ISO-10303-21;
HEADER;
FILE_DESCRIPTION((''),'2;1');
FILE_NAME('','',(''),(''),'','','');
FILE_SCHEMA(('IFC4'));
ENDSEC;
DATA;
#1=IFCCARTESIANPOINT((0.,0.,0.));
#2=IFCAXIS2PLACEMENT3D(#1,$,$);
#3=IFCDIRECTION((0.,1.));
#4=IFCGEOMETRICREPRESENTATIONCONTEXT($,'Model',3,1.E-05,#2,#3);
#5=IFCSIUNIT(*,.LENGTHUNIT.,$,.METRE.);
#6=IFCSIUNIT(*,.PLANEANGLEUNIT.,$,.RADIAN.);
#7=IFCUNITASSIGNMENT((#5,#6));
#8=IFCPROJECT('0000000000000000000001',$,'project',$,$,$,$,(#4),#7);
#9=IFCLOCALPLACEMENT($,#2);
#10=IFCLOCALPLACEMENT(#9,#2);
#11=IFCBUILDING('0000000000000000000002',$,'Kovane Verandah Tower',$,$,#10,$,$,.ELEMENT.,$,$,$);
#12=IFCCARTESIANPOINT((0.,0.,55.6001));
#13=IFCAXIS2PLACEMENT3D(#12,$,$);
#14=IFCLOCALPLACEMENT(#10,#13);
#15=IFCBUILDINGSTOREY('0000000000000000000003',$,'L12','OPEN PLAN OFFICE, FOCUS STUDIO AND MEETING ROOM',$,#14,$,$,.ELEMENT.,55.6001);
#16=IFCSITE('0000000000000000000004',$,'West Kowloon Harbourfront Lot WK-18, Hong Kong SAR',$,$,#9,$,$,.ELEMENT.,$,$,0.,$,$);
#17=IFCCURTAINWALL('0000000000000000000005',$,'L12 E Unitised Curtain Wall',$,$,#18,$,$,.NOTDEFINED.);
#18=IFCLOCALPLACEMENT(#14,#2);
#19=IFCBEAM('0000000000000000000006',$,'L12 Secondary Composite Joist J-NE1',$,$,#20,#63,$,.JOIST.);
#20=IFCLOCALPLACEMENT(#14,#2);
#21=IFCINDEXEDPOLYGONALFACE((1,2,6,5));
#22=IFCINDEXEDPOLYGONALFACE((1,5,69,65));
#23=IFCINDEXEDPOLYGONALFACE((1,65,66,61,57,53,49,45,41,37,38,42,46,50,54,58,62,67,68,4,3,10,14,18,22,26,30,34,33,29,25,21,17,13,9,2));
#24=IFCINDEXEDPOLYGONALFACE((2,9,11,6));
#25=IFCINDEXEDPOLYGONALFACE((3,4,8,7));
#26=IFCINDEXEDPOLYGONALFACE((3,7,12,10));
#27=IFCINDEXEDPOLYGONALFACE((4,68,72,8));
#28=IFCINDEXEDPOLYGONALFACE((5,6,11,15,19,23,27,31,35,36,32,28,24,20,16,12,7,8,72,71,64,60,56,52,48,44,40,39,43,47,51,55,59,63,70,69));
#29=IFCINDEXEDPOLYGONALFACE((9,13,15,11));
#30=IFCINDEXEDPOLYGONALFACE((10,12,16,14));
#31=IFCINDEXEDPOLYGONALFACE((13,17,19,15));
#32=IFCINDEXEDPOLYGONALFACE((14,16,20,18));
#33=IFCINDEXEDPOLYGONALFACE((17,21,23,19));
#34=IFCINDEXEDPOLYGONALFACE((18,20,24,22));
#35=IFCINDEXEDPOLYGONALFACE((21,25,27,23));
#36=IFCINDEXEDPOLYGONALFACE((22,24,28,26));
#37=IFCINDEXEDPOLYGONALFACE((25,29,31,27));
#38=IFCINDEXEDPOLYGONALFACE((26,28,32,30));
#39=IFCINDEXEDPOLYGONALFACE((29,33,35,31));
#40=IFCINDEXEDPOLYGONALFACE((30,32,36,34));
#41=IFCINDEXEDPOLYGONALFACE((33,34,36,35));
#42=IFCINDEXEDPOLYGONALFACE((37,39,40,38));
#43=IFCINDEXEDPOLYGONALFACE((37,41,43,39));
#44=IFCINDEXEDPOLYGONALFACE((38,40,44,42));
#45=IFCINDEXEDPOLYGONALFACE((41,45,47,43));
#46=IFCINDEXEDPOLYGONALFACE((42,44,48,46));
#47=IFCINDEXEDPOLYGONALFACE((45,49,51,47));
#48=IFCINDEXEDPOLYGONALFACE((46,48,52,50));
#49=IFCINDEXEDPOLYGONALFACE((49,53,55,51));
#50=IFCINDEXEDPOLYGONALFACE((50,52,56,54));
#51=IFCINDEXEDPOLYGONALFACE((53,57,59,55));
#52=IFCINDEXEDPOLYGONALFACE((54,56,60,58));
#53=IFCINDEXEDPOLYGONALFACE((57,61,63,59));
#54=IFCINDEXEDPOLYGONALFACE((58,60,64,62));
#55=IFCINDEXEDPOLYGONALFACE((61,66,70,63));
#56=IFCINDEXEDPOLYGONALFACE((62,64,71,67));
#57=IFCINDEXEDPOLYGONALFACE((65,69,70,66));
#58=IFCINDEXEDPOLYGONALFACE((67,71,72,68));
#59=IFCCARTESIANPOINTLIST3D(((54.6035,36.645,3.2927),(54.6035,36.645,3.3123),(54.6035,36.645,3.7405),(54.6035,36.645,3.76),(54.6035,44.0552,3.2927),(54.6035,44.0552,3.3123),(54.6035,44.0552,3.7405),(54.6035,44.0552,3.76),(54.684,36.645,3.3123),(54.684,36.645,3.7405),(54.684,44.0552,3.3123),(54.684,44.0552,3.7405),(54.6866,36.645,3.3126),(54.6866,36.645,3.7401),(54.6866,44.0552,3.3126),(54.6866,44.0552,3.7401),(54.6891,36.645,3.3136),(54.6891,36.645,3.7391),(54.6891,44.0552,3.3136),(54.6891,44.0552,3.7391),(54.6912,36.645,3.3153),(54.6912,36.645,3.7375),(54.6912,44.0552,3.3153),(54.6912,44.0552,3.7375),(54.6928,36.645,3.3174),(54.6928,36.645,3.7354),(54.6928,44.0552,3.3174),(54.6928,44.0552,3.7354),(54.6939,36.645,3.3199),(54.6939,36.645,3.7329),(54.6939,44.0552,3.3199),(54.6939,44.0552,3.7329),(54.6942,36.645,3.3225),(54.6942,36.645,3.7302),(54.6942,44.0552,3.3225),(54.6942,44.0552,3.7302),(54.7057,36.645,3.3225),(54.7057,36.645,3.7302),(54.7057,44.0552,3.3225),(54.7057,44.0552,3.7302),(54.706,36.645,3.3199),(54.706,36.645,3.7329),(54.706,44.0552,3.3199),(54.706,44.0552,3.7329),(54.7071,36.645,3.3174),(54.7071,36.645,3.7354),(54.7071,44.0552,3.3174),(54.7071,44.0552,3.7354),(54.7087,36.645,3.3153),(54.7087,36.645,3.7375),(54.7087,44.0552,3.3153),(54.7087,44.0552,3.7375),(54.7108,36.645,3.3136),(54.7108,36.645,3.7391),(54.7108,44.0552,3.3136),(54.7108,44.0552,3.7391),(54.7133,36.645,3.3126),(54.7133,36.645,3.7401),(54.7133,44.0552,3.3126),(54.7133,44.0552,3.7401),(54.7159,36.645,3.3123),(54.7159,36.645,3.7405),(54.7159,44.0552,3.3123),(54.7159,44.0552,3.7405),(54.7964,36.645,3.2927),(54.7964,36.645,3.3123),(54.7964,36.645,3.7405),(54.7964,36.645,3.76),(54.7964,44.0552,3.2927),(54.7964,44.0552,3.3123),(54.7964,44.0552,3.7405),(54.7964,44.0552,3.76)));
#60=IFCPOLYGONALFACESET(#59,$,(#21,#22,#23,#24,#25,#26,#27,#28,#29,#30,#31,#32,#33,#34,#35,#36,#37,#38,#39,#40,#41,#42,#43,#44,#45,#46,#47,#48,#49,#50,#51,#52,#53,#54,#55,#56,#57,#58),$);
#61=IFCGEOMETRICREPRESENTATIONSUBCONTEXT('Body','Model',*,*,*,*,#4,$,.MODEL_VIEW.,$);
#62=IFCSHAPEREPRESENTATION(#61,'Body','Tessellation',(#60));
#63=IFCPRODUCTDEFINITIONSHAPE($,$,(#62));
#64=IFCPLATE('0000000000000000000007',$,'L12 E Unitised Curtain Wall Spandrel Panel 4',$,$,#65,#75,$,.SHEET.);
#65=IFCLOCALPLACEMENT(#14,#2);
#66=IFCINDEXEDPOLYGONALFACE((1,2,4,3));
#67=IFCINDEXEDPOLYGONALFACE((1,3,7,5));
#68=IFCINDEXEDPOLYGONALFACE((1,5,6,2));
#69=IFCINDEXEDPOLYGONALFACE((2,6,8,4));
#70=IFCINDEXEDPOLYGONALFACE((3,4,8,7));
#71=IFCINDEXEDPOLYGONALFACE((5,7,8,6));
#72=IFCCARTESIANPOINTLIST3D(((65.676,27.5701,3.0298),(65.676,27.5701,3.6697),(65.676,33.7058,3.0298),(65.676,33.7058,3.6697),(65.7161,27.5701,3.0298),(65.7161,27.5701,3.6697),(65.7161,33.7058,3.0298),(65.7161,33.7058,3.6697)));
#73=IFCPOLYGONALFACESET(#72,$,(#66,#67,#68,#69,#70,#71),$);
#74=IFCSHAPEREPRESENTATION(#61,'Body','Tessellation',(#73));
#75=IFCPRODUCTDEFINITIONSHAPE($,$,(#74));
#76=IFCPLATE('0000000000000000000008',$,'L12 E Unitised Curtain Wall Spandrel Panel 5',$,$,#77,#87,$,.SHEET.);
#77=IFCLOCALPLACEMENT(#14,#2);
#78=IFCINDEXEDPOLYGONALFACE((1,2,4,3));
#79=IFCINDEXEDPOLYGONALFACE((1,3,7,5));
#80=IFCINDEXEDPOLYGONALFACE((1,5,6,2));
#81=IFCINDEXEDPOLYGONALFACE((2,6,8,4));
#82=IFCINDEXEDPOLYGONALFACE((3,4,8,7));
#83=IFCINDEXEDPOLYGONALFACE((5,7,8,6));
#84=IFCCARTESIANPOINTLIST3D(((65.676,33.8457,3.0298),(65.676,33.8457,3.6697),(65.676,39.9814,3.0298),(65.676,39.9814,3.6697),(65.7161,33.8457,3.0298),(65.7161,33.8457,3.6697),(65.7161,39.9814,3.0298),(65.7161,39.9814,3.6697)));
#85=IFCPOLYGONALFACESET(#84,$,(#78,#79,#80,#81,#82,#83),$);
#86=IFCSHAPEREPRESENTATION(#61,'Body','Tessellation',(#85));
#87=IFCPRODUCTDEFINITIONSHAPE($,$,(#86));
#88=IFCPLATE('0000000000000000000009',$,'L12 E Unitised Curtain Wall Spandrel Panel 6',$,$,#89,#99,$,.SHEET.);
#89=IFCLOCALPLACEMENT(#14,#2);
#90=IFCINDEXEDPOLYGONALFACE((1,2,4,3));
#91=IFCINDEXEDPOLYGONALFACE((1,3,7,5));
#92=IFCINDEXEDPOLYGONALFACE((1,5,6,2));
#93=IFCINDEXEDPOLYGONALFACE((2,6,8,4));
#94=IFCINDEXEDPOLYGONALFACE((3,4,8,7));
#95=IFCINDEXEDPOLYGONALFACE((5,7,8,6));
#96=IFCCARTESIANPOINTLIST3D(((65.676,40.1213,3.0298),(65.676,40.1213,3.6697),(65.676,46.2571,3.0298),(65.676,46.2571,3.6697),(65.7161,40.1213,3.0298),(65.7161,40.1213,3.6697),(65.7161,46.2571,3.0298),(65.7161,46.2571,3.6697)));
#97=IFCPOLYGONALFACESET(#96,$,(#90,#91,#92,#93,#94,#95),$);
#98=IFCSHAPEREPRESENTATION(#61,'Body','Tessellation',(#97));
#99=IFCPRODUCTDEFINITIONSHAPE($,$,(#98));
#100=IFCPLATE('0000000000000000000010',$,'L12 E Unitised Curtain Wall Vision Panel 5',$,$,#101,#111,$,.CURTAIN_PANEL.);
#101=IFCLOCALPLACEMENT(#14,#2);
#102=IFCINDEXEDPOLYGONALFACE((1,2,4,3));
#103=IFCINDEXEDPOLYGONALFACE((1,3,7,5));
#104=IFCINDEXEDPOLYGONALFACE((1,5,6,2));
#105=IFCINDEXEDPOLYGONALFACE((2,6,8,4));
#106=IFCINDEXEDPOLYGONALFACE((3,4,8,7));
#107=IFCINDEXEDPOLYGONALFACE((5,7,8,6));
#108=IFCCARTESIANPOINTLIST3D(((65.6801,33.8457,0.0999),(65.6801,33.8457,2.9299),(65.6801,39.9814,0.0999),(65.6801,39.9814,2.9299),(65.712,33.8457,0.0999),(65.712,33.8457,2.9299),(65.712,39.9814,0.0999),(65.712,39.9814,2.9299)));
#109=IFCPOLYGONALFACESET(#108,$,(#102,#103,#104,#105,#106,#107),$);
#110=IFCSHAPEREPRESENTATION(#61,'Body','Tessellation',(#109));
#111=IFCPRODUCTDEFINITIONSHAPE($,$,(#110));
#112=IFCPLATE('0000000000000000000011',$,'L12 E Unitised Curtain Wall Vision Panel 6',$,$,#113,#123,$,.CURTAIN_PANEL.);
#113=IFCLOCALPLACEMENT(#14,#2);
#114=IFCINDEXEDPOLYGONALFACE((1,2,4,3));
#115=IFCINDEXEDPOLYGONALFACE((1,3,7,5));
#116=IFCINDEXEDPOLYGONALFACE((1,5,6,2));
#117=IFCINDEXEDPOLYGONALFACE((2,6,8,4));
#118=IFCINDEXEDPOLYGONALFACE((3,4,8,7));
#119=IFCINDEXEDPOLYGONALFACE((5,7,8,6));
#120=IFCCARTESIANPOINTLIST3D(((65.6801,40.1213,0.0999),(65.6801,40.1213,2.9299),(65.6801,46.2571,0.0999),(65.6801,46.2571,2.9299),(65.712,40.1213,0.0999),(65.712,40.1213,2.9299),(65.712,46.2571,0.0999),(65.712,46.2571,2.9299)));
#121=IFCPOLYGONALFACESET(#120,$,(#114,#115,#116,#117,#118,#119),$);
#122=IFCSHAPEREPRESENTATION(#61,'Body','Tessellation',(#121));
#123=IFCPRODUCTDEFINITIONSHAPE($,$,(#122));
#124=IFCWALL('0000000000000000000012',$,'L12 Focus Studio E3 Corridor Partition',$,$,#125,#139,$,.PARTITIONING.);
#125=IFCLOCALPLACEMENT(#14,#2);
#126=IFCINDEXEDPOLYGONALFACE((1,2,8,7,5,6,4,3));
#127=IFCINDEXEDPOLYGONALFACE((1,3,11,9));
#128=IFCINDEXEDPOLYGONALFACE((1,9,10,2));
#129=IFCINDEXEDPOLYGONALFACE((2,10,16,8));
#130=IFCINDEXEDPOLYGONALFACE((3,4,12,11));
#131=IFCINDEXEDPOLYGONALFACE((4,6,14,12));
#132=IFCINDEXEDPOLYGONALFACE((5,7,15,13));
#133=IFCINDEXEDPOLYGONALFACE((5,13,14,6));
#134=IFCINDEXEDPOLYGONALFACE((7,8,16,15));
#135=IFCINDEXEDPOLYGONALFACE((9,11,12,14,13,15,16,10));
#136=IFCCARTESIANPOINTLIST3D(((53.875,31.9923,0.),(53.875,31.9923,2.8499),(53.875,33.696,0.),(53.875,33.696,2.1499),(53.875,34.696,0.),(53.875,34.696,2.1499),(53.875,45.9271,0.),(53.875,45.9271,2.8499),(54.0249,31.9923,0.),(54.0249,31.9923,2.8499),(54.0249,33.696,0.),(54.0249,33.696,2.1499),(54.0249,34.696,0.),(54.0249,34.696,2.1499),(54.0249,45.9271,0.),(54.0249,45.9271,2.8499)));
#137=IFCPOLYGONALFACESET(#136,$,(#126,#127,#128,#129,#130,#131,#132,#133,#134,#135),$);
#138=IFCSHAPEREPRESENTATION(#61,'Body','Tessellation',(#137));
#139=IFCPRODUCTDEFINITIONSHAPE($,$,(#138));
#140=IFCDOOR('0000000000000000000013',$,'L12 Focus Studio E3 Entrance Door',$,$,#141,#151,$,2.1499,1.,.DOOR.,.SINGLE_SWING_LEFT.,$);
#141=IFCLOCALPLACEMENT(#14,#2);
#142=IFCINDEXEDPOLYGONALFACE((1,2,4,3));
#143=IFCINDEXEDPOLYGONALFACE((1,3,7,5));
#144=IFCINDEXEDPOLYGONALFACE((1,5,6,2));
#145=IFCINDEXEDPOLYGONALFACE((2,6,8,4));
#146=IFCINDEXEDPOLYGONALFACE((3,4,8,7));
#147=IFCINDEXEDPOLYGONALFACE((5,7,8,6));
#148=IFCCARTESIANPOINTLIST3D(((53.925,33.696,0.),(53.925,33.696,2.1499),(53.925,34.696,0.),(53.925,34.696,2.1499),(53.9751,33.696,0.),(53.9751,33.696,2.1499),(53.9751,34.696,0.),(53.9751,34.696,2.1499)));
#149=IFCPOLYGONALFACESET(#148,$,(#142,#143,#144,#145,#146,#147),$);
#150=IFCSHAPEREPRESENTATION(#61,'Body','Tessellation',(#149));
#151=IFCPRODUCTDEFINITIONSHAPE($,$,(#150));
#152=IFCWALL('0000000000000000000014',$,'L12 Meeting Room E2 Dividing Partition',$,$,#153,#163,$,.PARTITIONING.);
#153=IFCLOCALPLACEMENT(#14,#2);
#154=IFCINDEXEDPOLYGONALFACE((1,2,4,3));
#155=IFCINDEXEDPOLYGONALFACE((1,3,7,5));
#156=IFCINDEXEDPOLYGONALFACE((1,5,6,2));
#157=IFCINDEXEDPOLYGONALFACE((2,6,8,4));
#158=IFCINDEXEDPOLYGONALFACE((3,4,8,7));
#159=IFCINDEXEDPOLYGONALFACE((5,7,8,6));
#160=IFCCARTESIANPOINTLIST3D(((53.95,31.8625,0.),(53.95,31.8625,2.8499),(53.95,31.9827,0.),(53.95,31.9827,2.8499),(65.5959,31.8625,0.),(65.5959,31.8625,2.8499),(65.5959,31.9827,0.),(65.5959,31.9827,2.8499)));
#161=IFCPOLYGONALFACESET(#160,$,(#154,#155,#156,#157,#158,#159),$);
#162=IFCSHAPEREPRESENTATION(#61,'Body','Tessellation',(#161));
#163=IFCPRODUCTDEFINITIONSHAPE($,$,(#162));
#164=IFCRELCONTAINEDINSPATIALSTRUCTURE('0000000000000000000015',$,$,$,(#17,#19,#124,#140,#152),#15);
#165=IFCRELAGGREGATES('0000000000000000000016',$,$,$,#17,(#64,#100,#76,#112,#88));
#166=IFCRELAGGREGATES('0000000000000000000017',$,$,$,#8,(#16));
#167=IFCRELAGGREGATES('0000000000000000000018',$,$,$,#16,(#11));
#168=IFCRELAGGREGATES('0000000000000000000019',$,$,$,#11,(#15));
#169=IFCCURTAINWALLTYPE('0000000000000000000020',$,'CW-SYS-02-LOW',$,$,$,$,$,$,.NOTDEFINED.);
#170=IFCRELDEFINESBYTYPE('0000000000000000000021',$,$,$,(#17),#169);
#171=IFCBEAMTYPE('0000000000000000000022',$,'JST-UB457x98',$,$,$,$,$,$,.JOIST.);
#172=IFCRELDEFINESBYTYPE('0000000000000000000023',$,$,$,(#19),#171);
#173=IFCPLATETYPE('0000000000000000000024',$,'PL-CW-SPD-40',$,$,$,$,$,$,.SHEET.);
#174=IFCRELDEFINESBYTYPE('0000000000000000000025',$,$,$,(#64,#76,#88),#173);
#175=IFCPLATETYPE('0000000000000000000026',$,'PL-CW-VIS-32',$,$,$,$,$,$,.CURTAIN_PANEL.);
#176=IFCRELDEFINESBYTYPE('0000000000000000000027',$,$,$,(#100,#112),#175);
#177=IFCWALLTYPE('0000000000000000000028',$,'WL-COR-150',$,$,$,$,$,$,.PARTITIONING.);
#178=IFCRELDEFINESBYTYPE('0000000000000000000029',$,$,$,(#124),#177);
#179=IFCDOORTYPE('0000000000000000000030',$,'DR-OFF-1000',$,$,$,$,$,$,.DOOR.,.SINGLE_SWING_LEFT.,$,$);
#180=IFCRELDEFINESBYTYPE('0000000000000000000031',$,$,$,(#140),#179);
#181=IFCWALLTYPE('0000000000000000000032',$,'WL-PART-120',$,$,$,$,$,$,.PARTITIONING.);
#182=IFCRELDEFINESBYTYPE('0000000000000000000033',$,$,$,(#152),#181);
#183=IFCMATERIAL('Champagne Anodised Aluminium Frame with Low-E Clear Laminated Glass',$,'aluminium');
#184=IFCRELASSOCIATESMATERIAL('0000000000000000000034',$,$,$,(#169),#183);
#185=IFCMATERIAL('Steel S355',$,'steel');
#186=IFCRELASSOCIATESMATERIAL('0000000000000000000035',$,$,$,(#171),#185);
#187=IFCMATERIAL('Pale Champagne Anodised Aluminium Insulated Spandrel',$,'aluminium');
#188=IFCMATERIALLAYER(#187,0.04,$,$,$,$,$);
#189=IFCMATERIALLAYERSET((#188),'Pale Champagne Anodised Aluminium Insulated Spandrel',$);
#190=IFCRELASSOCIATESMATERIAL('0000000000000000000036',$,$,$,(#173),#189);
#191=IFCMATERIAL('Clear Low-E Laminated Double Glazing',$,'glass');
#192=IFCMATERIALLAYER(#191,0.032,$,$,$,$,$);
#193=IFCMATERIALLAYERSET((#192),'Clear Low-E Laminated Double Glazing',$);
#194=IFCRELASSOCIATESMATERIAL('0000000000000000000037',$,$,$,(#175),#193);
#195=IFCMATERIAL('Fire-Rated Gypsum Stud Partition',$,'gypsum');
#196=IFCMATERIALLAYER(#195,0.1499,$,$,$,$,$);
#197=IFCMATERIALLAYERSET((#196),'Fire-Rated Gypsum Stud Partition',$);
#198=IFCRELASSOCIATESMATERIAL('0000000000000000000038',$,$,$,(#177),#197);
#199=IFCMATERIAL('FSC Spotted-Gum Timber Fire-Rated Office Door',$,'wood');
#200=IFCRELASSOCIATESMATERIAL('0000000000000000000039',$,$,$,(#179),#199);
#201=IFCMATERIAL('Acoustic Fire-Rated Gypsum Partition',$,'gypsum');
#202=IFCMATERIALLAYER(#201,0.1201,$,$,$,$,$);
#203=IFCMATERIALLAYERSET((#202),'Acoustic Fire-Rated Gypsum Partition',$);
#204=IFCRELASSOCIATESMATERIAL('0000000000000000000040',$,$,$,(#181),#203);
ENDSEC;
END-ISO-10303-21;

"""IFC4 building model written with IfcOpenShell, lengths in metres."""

from ifc_helpers import new_model, si_unit, direction, frame, frame_2d, origin, origin_2d, place, context, subcontext, project, spatial, rectangle, i_section, extrude, material, layer, layer_set, material_profile, profile_set, type_object, element, fill, aggregate, save


model = new_model("IFC4")

# Units and contexts
model_context = context("Model", 3, precision=1e-05, world=origin(), true_north=direction((0.0, 1.0)))
body_context = subcontext(model_context, "Body", "Model", "MODEL_VIEW")
ifc_project = project(units=[si_unit("LENGTHUNIT", "METRE"), si_unit("PLANEANGLEUNIT", "RADIAN")], contexts=[model_context])

# Site, building, storey
site_placement = place(None, origin())
site = spatial("IfcSite", under=ifc_project, at=site_placement, Name="West Kowloon Harbourfront Lot WK-18, Hong Kong SAR", CompositionType="ELEMENT", RefElevation=0.0)
building_placement = place(site_placement, origin())
building = spatial("IfcBuilding", under=site, at=building_placement, Name="Kovane Verandah Tower", CompositionType="ELEMENT")
storey_placement = place(building_placement, frame((0.0, 0.0, 55.6001)))
storey = spatial("IfcBuildingStorey", under=building, at=storey_placement, Name="L12", Description="OPEN PLAN OFFICE, FOCUS STUDIO AND MEETING ROOM", CompositionType="ELEMENT", Elevation=55.6001)

# Shared definitions
ifc_material_1 = material(Name="Steel S355", Category="steel")

# Curtain wall
ifc_material_2 = material(Name="Champagne Anodised Aluminium Frame with Low-E Clear Laminated Glass", Category="aluminium")
curtain_wall_type = type_object("IfcCurtainWallType", Name="CW-SYS-02-LOW", PredefinedType="NOTDEFINED", material=ifc_material_2)
curtain_wall_placement = place(storey_placement, origin())
curtain_wall = element("IfcCurtainWall", 1, at=curtain_wall_placement, inside=storey, type_object=curtain_wall_type, Name="L12 E Unitised Curtain Wall", PredefinedType="NOTDEFINED")

# Beam
ifc_material_profile_1 = material_profile(ifc_material_1, i_section(OverallWidth=0.1929, OverallDepth=0.4673, WebThickness=0.0115, FlangeThickness=0.0195, FilletRadius=0.0103, at=origin_2d()), Name="UB457x191x98")
ifc_profile_set_1 = profile_set([ifc_material_profile_1], Name="Steel S355")
beam_type_1 = type_object("IfcBeamType", Name="JST-UB457x98", PredefinedType="JOIST", material=ifc_profile_set_1)
beam_1_placement = place(storey_placement, frame((54.7, 36.645, 3.5264), z_axis=(0.0, 1.0, 0.0), x_axis=(-1.0, 0.0, 0.0)))
element("IfcBeam", 2, at=beam_1_placement, inside=storey, type_object=beam_type_1, Name="L12 Secondary Composite Joist J-NE1", PredefinedType="JOIST", context=body_context, shape_type="SweptSolid", body=[
    extrude(i_section(OverallWidth=0.1929, OverallDepth=0.4673, WebThickness=0.0115, FlangeThickness=0.0195, FilletRadius=0.0103, at=origin_2d()), origin(), (0.0, 0.0, 1.0), 7.4102),
])

# Plates
ifc_material_3 = material(Name="Pale Champagne Anodised Aluminium Insulated Spandrel", Category="aluminium")
ifc_layer_1 = layer(ifc_material_3, 0.04)
ifc_layer_set_1 = layer_set([ifc_layer_1], Name="Pale Champagne Anodised Aluminium Insulated Spandrel")
plate_type_1 = type_object("IfcPlateType", Name="PL-CW-SPD-40", PredefinedType="SHEET", material=ifc_layer_set_1)
plate_1_placement = place(storey_placement, frame((65.696, 30.6379, 3.0298), z_axis=(0.0, 0.0, 1.0), x_axis=(0.0, 1.0, 0.0)))
plate_1 = element("IfcPlate", 3, at=plate_1_placement, type_object=plate_type_1, Name="L12 E Unitised Curtain Wall Spandrel Panel 4", PredefinedType="SHEET", context=body_context, shape_type="SweptSolid", body=[
    extrude(rectangle(XDim=6.1357, YDim=0.04, at=origin_2d()), origin(), (0.0, 0.0, 1.0), 0.6399),
])
plate_2_placement = place(storey_placement, frame((65.696, 36.9136, 3.0298), z_axis=(0.0, 0.0, 1.0), x_axis=(0.0, 1.0, 0.0)))
plate_2 = element("IfcPlate", 4, at=plate_2_placement, type_object=plate_type_1, Name="L12 E Unitised Curtain Wall Spandrel Panel 5", PredefinedType="SHEET", context=body_context, shape_type="SweptSolid", body=[
    extrude(rectangle(XDim=6.1357, YDim=0.04, at=origin_2d()), origin(), (0.0, 0.0, 1.0), 0.6399),
])
plate_3_placement = place(storey_placement, frame((65.696, 43.1892, 3.0298), z_axis=(0.0, 0.0, 1.0), x_axis=(0.0, 1.0, 0.0)))
plate_3 = element("IfcPlate", 5, at=plate_3_placement, type_object=plate_type_1, Name="L12 E Unitised Curtain Wall Spandrel Panel 6", PredefinedType="SHEET", context=body_context, shape_type="SweptSolid", body=[
    extrude(rectangle(XDim=6.1357, YDim=0.04, at=origin_2d()), origin(), (0.0, 0.0, 1.0), 0.6399),
])
ifc_material_4 = material(Name="Clear Low-E Laminated Double Glazing", Category="glass")
ifc_layer_2 = layer(ifc_material_4, 0.032)
ifc_layer_set_2 = layer_set([ifc_layer_2], Name="Clear Low-E Laminated Double Glazing")
plate_type_2 = type_object("IfcPlateType", Name="PL-CW-VIS-32", PredefinedType="CURTAIN_PANEL", material=ifc_layer_set_2)
plate_4_placement = place(storey_placement, frame((65.696, 36.9136, 0.0999), z_axis=(0.0, 0.0, 1.0), x_axis=(0.0, 1.0, 0.0)))
plate_4 = element("IfcPlate", 6, at=plate_4_placement, type_object=plate_type_2, Name="L12 E Unitised Curtain Wall Vision Panel 5", PredefinedType="CURTAIN_PANEL", context=body_context, shape_type="SweptSolid", body=[
    extrude(rectangle(XDim=6.1357, YDim=0.032, at=origin_2d()), origin(), (0.0, 0.0, 1.0), 2.8301),
])
plate_5_placement = place(storey_placement, frame((65.696, 43.1892, 0.0999), z_axis=(0.0, 0.0, 1.0), x_axis=(0.0, 1.0, 0.0)))
plate_5 = element("IfcPlate", 7, at=plate_5_placement, type_object=plate_type_2, Name="L12 E Unitised Curtain Wall Vision Panel 6", PredefinedType="CURTAIN_PANEL", context=body_context, shape_type="SweptSolid", body=[
    extrude(rectangle(XDim=6.1357, YDim=0.032, at=origin_2d()), origin(), (0.0, 0.0, 1.0), 2.8301),
])
aggregate(curtain_wall, [plate_1, plate_4, plate_2, plate_5, plate_3])

# Wall, opening, door
ifc_material_5 = material(Name="Fire-Rated Gypsum Stud Partition", Category="gypsum")
ifc_layer_3 = layer(ifc_material_5, 0.1499)
ifc_layer_set_3 = layer_set([ifc_layer_3], Name="Fire-Rated Gypsum Stud Partition")
wall_type_1 = type_object("IfcWallType", Name="WL-COR-150", PredefinedType="PARTITIONING", material=ifc_layer_set_3)
wall_1_placement = place(storey_placement, frame((53.95, 31.9924, 0.0), z_axis=(0.0, 0.0, 1.0), x_axis=(0.0, 1.0, 0.0)))
wall_1 = element("IfcWall", 8, at=wall_1_placement, inside=storey, type_object=wall_type_1, Name="L12 Focus Studio E3 Corridor Partition", PredefinedType="PARTITIONING", context=body_context, shape_type="SweptSolid", body=[
    extrude(rectangle(XDim=13.9348, YDim=0.1499, at=frame_2d((6.9673, 0.0))), origin(), (0.0, 0.0, 1.0), 2.8499),
])
opening_placement = place(wall_1_placement, frame((1.7036, 0.0, 0.0)))
opening = element("IfcOpeningElement", 9, at=opening_placement, cuts=wall_1, PredefinedType="OPENING", context=body_context, shape_type="SweptSolid", body=[
    extrude(rectangle(XDim=1.0, YDim=2.1499, at=frame_2d((0.5, 1.075))), frame((0.0, 0.075, 0.0), z_axis=(0.0, -1.0, 0.0), x_axis=(1.0, 0.0, 0.0)), (0.0, 0.0, 1.0), 0.1499),
])
ifc_material_6 = material(Name="FSC Spotted-Gum Timber Fire-Rated Office Door", Category="wood")
door_type = type_object("IfcDoorType", Name="DR-OFF-1000", OperationType="SINGLE_SWING_LEFT", PredefinedType="DOOR", material=ifc_material_6)
door_placement = place(opening_placement, origin())
door = element("IfcDoor", 10, at=door_placement, inside=storey, type_object=door_type, Name="L12 Focus Studio E3 Entrance Door", OperationType="SINGLE_SWING_LEFT", OverallHeight=2.1499, OverallWidth=1.0, PredefinedType="DOOR", context=body_context, shape_type="SweptSolid", body=[
    extrude(rectangle(XDim=1.0, YDim=2.1499, at=frame_2d((0.5, 1.075))), frame((0.0, 0.0249, 0.0), z_axis=(0.0, -1.0, 0.0), x_axis=(1.0, 0.0, 0.0)), (0.0, 0.0, 1.0), 0.05),
])
fill(opening, door)

# Wall
ifc_material_7 = material(Name="Acoustic Fire-Rated Gypsum Partition", Category="gypsum")
ifc_layer_4 = layer(ifc_material_7, 0.1201)
ifc_layer_set_4 = layer_set([ifc_layer_4], Name="Acoustic Fire-Rated Gypsum Partition")
wall_type_2 = type_object("IfcWallType", Name="WL-PART-120", PredefinedType="PARTITIONING", material=ifc_layer_set_4)
wall_2_placement = place(storey_placement, frame((53.95, 31.9226, 0.0), z_axis=(0.0, 0.0, 1.0), x_axis=(1.0, 0.0, 0.0)))
element("IfcWall", 11, at=wall_2_placement, inside=storey, type_object=wall_type_2, Name="L12 Meeting Room E2 Dividing Partition", PredefinedType="PARTITIONING", context=body_context, shape_type="SweptSolid", body=[
    extrude(rectangle(XDim=11.646, YDim=0.1201, at=frame_2d((5.823, 0.0))), origin(), (0.0, 0.0, 1.0), 2.8499),
])

save(model, "model.ifc")
